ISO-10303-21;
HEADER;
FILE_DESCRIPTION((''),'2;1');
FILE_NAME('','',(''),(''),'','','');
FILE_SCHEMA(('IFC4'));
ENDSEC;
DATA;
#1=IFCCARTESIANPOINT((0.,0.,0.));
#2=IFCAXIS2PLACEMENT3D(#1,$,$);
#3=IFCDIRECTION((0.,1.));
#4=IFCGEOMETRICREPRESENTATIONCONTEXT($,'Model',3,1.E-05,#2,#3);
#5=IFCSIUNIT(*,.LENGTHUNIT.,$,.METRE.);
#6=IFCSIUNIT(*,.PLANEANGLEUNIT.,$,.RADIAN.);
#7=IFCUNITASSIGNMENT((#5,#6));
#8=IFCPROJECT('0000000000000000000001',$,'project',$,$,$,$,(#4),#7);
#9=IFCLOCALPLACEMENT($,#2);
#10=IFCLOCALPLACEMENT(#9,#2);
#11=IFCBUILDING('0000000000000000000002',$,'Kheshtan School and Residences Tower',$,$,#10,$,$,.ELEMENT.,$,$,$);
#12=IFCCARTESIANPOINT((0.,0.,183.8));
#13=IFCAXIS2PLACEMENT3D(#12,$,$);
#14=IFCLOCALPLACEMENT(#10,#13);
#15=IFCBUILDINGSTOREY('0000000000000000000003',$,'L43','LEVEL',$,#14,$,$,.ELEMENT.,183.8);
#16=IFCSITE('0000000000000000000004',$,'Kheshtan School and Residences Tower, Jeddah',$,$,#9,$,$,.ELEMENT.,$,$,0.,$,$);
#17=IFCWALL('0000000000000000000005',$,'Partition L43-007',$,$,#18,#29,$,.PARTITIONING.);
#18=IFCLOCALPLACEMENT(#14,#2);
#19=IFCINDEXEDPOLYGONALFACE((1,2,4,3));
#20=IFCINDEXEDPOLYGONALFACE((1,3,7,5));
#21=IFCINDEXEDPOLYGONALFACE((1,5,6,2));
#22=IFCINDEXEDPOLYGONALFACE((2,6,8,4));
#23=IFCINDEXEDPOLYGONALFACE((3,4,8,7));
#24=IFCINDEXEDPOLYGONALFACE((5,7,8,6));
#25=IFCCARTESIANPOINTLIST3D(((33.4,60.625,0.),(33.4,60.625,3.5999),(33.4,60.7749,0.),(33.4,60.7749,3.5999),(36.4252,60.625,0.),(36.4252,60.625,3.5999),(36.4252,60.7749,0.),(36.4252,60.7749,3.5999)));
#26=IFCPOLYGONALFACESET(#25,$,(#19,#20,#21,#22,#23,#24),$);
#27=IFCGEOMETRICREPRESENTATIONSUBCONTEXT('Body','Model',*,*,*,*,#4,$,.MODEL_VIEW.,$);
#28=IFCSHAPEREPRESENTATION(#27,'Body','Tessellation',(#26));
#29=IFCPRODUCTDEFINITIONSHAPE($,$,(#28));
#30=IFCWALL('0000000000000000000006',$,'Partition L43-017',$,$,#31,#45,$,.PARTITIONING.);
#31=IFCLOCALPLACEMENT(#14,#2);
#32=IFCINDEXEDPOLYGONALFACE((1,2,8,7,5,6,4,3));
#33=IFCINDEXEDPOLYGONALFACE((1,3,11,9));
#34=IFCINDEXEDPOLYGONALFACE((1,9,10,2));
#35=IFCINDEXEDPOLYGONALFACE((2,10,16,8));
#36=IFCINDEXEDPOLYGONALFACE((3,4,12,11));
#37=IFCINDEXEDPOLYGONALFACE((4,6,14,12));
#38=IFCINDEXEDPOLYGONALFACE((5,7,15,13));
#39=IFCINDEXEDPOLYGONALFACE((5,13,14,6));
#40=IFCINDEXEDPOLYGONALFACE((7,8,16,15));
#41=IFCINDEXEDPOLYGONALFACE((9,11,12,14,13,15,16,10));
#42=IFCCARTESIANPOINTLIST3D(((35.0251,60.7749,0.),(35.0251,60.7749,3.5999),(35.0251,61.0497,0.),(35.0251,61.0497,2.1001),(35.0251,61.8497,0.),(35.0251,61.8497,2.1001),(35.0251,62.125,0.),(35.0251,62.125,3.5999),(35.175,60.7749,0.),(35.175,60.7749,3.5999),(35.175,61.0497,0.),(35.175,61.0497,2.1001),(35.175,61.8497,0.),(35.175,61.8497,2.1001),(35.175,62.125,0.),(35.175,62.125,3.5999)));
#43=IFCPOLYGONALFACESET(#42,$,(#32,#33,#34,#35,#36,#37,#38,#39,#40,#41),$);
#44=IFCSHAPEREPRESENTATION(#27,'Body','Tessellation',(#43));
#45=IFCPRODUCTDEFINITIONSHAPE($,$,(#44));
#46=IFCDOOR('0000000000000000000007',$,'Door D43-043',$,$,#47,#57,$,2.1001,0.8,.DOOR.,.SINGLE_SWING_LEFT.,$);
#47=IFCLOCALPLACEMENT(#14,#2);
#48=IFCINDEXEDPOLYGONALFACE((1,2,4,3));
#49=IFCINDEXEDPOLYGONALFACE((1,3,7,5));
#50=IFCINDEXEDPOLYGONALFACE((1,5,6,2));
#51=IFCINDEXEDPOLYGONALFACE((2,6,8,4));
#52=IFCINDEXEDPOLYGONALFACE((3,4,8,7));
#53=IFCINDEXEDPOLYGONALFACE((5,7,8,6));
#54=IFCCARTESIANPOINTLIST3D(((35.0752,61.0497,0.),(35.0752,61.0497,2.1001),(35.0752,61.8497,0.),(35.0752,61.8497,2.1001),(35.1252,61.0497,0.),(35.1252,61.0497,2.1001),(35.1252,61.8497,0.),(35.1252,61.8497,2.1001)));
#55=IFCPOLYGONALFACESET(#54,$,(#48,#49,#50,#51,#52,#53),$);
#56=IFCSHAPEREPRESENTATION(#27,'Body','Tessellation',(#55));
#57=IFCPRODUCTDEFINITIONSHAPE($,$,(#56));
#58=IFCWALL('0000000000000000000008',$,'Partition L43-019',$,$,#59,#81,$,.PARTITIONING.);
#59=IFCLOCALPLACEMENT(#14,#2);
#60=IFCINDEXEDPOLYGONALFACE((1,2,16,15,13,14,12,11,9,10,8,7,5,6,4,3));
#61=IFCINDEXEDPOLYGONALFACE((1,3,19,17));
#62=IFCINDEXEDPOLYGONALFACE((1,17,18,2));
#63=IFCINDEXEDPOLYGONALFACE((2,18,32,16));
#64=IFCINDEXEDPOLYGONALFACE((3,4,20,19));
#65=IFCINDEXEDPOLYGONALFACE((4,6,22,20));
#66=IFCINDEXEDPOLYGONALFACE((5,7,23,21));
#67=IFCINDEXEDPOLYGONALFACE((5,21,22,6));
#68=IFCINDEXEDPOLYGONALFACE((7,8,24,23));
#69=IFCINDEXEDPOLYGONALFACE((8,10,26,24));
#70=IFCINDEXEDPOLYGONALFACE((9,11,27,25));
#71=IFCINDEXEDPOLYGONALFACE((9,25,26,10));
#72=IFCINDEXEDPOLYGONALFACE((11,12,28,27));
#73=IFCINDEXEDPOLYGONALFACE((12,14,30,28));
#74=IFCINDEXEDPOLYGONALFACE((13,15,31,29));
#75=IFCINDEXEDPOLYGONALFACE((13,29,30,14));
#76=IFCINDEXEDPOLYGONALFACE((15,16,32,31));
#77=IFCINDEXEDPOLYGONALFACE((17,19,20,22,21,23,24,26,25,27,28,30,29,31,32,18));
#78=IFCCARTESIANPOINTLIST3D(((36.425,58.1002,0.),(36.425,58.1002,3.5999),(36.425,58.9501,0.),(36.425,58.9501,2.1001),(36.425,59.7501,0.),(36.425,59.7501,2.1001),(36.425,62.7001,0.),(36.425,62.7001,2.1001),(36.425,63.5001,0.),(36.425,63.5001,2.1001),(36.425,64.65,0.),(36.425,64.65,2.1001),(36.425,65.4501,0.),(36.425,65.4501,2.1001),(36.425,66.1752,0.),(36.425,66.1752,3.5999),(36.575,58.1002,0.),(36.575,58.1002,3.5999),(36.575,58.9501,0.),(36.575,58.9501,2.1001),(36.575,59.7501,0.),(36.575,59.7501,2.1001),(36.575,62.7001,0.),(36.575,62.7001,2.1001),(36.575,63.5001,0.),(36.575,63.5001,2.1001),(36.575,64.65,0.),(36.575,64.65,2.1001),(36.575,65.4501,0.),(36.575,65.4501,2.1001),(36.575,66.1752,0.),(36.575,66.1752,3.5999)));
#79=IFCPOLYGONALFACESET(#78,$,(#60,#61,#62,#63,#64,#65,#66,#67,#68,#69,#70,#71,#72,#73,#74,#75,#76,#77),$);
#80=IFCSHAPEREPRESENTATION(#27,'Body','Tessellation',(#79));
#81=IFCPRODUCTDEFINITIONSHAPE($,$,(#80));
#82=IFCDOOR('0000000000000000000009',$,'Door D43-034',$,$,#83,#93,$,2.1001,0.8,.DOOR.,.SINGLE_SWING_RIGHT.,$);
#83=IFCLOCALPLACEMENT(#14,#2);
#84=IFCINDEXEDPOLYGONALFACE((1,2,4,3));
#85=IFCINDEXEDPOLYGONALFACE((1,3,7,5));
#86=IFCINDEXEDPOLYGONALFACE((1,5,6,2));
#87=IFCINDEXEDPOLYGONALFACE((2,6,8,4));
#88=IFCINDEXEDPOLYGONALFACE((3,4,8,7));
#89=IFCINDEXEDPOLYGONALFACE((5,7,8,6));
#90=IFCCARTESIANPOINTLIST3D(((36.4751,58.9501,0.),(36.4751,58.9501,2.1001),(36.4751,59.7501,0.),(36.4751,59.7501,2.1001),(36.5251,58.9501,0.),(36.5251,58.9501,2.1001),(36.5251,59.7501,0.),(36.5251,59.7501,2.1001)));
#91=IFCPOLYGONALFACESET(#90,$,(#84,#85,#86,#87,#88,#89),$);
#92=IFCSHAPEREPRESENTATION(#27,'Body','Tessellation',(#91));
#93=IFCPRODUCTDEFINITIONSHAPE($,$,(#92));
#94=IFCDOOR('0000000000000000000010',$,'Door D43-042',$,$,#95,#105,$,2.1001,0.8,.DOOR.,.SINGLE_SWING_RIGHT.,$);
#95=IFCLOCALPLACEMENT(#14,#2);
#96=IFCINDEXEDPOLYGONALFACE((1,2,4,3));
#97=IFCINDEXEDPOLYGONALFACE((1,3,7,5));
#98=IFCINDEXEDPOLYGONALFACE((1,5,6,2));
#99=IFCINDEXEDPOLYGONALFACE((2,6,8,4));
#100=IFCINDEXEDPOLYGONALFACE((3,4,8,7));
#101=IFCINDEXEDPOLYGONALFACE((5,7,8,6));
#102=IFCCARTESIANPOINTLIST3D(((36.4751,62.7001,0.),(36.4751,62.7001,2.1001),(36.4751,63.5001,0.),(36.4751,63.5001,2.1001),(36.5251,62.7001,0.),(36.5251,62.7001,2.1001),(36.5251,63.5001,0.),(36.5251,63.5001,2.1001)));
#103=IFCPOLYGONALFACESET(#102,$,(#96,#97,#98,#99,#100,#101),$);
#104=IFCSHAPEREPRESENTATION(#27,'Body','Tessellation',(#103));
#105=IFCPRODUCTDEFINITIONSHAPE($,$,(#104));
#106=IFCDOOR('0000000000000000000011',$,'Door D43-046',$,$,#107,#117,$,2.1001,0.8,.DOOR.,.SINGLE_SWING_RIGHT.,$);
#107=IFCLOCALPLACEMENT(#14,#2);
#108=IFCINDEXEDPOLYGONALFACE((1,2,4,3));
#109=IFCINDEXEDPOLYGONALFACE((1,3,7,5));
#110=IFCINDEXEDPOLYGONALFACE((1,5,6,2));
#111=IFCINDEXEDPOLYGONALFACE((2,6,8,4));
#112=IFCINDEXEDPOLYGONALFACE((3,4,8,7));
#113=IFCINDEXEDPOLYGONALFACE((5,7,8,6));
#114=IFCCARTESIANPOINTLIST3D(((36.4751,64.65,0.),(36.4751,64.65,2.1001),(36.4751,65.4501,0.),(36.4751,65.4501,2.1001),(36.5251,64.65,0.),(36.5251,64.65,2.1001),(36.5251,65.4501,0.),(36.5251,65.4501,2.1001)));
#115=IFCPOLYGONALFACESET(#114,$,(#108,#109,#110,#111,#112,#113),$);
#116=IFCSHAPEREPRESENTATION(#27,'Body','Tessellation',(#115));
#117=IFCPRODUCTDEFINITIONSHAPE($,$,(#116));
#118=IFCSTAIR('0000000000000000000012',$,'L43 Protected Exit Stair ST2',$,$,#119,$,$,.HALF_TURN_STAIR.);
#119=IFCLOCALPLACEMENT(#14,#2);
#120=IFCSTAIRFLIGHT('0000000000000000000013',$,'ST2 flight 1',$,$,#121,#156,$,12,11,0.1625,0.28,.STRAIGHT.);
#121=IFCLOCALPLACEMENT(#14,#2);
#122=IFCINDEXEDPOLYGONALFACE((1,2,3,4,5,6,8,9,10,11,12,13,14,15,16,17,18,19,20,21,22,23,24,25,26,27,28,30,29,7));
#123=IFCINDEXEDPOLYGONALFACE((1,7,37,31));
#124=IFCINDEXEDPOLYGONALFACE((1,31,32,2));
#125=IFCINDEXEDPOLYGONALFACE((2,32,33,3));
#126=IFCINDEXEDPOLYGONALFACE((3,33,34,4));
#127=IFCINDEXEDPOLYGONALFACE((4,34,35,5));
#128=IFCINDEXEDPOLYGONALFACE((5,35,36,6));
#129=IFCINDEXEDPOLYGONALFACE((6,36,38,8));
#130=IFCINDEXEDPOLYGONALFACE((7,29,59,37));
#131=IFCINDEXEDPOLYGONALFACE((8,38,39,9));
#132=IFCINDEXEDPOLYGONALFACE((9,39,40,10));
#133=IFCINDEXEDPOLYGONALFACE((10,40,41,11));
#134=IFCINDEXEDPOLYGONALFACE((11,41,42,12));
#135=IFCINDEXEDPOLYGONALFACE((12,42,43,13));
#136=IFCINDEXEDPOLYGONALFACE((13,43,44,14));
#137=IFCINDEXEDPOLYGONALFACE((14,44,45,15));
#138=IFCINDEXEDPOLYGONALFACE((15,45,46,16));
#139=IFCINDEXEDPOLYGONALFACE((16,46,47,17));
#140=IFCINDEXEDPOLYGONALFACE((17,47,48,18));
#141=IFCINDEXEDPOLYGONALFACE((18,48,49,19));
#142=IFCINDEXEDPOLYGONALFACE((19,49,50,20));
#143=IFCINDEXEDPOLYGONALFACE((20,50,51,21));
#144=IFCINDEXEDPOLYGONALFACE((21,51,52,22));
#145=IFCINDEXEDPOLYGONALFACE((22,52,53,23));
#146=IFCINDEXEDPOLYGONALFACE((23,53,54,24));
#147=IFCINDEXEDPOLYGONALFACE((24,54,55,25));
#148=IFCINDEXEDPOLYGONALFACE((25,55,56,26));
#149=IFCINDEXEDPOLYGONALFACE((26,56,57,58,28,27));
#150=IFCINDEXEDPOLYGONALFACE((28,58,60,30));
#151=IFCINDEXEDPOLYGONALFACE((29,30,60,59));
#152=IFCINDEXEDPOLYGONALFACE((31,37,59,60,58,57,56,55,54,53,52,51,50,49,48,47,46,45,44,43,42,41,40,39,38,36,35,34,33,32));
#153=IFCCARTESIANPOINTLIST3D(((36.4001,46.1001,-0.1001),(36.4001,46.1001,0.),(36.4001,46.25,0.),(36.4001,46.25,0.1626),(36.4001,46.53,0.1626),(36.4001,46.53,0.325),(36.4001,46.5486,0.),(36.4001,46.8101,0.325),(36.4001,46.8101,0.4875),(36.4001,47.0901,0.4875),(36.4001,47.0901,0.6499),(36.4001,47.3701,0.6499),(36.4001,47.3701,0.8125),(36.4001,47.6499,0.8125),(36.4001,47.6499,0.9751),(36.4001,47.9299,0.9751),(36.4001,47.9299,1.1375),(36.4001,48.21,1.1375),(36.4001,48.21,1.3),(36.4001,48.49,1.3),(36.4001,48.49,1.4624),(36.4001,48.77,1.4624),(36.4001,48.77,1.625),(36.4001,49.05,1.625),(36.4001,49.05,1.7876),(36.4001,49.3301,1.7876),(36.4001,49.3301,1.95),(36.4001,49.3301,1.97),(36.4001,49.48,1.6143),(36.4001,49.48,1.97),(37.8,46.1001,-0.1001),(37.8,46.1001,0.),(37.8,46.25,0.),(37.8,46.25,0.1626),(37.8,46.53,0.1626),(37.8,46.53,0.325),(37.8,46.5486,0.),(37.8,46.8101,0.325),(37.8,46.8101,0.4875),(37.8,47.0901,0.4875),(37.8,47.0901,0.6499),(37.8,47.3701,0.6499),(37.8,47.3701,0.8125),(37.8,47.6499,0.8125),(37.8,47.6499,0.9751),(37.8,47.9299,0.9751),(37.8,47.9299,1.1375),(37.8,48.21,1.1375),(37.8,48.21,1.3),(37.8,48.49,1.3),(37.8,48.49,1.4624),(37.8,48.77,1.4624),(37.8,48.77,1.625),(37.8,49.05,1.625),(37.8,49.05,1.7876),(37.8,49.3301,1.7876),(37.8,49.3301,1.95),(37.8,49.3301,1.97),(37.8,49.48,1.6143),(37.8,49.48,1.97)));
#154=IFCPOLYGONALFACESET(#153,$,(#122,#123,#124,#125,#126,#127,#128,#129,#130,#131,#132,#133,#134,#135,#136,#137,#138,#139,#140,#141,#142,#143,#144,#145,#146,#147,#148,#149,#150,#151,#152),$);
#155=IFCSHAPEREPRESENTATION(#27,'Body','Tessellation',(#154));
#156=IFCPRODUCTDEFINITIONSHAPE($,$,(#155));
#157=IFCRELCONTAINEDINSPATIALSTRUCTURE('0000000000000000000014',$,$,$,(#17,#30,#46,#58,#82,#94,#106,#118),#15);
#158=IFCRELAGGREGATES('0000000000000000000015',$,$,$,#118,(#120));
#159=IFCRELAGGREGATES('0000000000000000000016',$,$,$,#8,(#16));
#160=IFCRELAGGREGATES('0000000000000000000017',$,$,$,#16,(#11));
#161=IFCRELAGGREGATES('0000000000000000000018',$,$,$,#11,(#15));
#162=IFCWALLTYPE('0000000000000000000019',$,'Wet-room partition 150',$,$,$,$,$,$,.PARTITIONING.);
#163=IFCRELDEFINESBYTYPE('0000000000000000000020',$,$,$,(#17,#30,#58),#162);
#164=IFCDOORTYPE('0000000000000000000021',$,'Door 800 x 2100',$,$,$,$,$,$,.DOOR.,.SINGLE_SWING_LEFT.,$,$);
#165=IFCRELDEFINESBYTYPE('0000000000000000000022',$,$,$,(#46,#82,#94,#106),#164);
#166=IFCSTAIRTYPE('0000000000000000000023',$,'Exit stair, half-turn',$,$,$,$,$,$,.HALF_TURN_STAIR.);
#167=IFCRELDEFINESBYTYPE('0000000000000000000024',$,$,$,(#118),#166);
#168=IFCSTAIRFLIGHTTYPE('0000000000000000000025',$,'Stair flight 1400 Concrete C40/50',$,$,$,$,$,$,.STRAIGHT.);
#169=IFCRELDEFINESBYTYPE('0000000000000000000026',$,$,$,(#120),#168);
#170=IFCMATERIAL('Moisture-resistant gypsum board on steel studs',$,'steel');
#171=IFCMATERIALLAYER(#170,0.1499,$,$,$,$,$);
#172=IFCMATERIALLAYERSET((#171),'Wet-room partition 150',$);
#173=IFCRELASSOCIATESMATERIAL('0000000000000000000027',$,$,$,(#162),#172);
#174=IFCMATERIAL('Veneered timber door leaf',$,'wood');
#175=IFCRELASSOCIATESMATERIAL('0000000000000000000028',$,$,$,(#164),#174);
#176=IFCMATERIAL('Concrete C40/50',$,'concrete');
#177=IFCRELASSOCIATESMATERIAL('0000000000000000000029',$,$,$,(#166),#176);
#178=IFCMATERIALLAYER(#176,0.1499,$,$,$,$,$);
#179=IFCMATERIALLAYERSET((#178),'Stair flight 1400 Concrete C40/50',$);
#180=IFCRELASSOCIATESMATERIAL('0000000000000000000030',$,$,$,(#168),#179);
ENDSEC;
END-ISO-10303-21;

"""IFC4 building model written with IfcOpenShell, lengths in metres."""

from ifc_helpers import new_model, si_unit, direction, frame, frame_2d, origin, place, context, subcontext, project, spatial, polyline, rectangle, outline, extrude, source, transform, mapped, material, layer, layer_set, type_object, element, fill, aggregate, save


model = new_model("IFC4")

# Units and contexts
model_context = context("Model", 3, precision=1e-05, world=origin(), true_north=direction((0.0, 1.0)))
body_context = subcontext(model_context, "Body", "Model", "MODEL_VIEW")
ifc_project = project(units=[si_unit("LENGTHUNIT", "METRE"), si_unit("PLANEANGLEUNIT", "RADIAN")], contexts=[model_context])

# Site, building, storey
site_placement = place(None, origin())
site = spatial("IfcSite", under=ifc_project, at=site_placement, Name="Kheshtan School and Residences Tower, Jeddah", CompositionType="ELEMENT", RefElevation=0.0)
building_placement = place(site_placement, origin())
building = spatial("IfcBuilding", under=site, at=building_placement, Name="Kheshtan School and Residences Tower", CompositionType="ELEMENT")
storey_placement = place(building_placement, frame((0.0, 0.0, 183.8)))
storey = spatial("IfcBuildingStorey", under=building, at=storey_placement, Name="L43", Description="LEVEL", CompositionType="ELEMENT", Elevation=183.8)

# Wall
ifc_material_1 = material(Name="Concrete C40/50", Category="concrete")
ifc_material_2 = material(Name="Moisture-resistant gypsum board on steel studs", Category="steel")
ifc_layer_1 = layer(ifc_material_2, 0.1499)
ifc_layer_set_1 = layer_set([ifc_layer_1], Name="Wet-room partition 150")
wall_type_1 = type_object("IfcWallType", Name="Wet-room partition 150", PredefinedType="PARTITIONING", material=ifc_layer_set_1)
wall_1_placement = place(storey_placement, frame((33.3999, 60.7, 0.0), z_axis=(0.0, 0.0, 1.0), x_axis=(1.0, 0.0, 0.0)))
element("IfcWall", 1, at=wall_1_placement, inside=storey, type_object=wall_type_1, Name="Partition L43-007", PredefinedType="PARTITIONING", context=body_context, shape_type="SweptSolid", body=[
    extrude(rectangle(XDim=3.0251, YDim=0.1499, at=frame_2d((1.5127, 0.0))), origin(), (0.0, 0.0, 1.0), 3.5999),
])

# Wall, opening, door
wall_2_placement = place(storey_placement, frame((35.1001, 60.7749, 0.0), z_axis=(0.0, 0.0, 1.0), x_axis=(0.0, 1.0, 0.0)))
wall_2 = element("IfcWall", 2, at=wall_2_placement, inside=storey, type_object=wall_type_1, Name="Partition L43-017", PredefinedType="PARTITIONING", context=body_context, shape_type="SweptSolid", body=[
    extrude(rectangle(XDim=1.3501, YDim=0.1499, at=frame_2d((0.675, 0.0))), origin(), (0.0, 0.0, 1.0), 3.5999),
])
opening_1_placement = place(wall_2_placement, frame((0.2749, 0.0, 0.0)))
opening_1 = element("IfcOpeningElement", 3, at=opening_1_placement, cuts=wall_2, PredefinedType="OPENING", context=body_context, shape_type="SweptSolid", body=[
    extrude(rectangle(XDim=0.8, YDim=2.1001, at=frame_2d((0.3999, 1.05))), frame((0.0, 0.085, 0.0), z_axis=(0.0, -1.0, 0.0), x_axis=(1.0, 0.0, 0.0)), (0.0, 0.0, 1.0), 0.1699),
])
ifc_material_3 = material(Name="Veneered timber door leaf", Category="wood")
door_type_1 = type_object("IfcDoorType", Name="Door 800 x 2100", OperationType="SINGLE_SWING_LEFT", PredefinedType="DOOR", material=ifc_material_3)
shared_shape_1 = source(origin(), body_context, "Body", "SweptSolid", [
    extrude(rectangle(XDim=0.8, YDim=2.1001, at=frame_2d((0.3999, 1.05))), frame((0.0, 0.0249, 0.0), z_axis=(0.0, -1.0, 0.0), x_axis=(1.0, 0.0, 0.0)), (0.0, 0.0, 1.0), 0.05),
])
door_1_placement = place(opening_1_placement, origin())
door_1 = element("IfcDoor", 4, at=door_1_placement, inside=storey, type_object=door_type_1, Name="Door D43-043", OperationType="SINGLE_SWING_LEFT", OverallHeight=2.1001, OverallWidth=0.8, PredefinedType="DOOR", context=body_context, shape_type="MappedRepresentation", body=[
    mapped(shared_shape_1, transform((0.0, 0.0, 0.0), x_axis=(1.0, 0.0, 0.0), y_axis=(0.0, 1.0, 0.0), z_axis=(0.0, 0.0, 1.0), scale=1.0)),
])
fill(opening_1, door_1)

# Wall, openings, doors
wall_3_placement = place(storey_placement, frame((36.5, 58.1001, 0.0), z_axis=(0.0, 0.0, 1.0), x_axis=(0.0, 1.0, 0.0)))
wall_3 = element("IfcWall", 5, at=wall_3_placement, inside=storey, type_object=wall_type_1, Name="Partition L43-019", PredefinedType="PARTITIONING", context=body_context, shape_type="SweptSolid", body=[
    extrude(rectangle(XDim=8.075, YDim=0.1499, at=frame_2d((4.0376, 0.0))), origin(), (0.0, 0.0, 1.0), 3.5999),
])
opening_2_placement = place(wall_3_placement, frame((0.8501, 0.0, 0.0)))
opening_2 = element("IfcOpeningElement", 6, at=opening_2_placement, cuts=wall_3, PredefinedType="OPENING", context=body_context, shape_type="SweptSolid", body=[
    extrude(rectangle(XDim=0.8, YDim=2.1001, at=frame_2d((0.3999, 1.05))), frame((0.0, 0.085, 0.0), z_axis=(0.0, -1.0, 0.0), x_axis=(1.0, 0.0, 0.0)), (0.0, 0.0, 1.0), 0.1699),
])
opening_3_placement = place(wall_3_placement, frame((4.6001, 0.0, 0.0)))
opening_3 = element("IfcOpeningElement", 7, at=opening_3_placement, cuts=wall_3, PredefinedType="OPENING", context=body_context, shape_type="SweptSolid", body=[
    extrude(rectangle(XDim=0.8, YDim=2.1001, at=frame_2d((0.3999, 1.05))), frame((0.0, 0.085, 0.0), z_axis=(0.0, -1.0, 0.0), x_axis=(1.0, 0.0, 0.0)), (0.0, 0.0, 1.0), 0.1699),
])
opening_4_placement = place(wall_3_placement, frame((6.55, 0.0, 0.0)))
opening_4 = element("IfcOpeningElement", 8, at=opening_4_placement, cuts=wall_3, PredefinedType="OPENING", context=body_context, shape_type="SweptSolid", body=[
    extrude(rectangle(XDim=0.8, YDim=2.1001, at=frame_2d((0.3999, 1.05))), frame((0.0, 0.085, 0.0), z_axis=(0.0, -1.0, 0.0), x_axis=(1.0, 0.0, 0.0)), (0.0, 0.0, 1.0), 0.1699),
])
door_2_placement = place(opening_2_placement, origin())
door_2 = element("IfcDoor", 9, at=door_2_placement, inside=storey, type_object=door_type_1, Name="Door D43-034", OperationType="SINGLE_SWING_RIGHT", OverallHeight=2.1001, OverallWidth=0.8, PredefinedType="DOOR", context=body_context, shape_type="MappedRepresentation", body=[
    mapped(shared_shape_1, transform((0.0, 0.0, 0.0), x_axis=(1.0, 0.0, 0.0), y_axis=(0.0, 1.0, 0.0), z_axis=(0.0, 0.0, 1.0), scale=1.0)),
])
fill(opening_2, door_2)
door_3_placement = place(opening_3_placement, origin())
door_3 = element("IfcDoor", 10, at=door_3_placement, inside=storey, type_object=door_type_1, Name="Door D43-042", OperationType="SINGLE_SWING_RIGHT", OverallHeight=2.1001, OverallWidth=0.8, PredefinedType="DOOR", context=body_context, shape_type="MappedRepresentation", body=[
    mapped(shared_shape_1, transform((0.0, 0.0, 0.0), x_axis=(1.0, 0.0, 0.0), y_axis=(0.0, 1.0, 0.0), z_axis=(0.0, 0.0, 1.0), scale=1.0)),
])
fill(opening_3, door_3)
door_4_placement = place(opening_4_placement, origin())
door_4 = element("IfcDoor", 11, at=door_4_placement, inside=storey, type_object=door_type_1, Name="Door D43-046", OperationType="SINGLE_SWING_RIGHT", OverallHeight=2.1001, OverallWidth=0.8, PredefinedType="DOOR", context=body_context, shape_type="MappedRepresentation", body=[
    mapped(shared_shape_1, transform((0.0, 0.0, 0.0), x_axis=(1.0, 0.0, 0.0), y_axis=(0.0, 1.0, 0.0), z_axis=(0.0, 0.0, 1.0), scale=1.0)),
])
fill(opening_4, door_4)

# Stair, stair flight
stair_type = type_object("IfcStairType", Name="Exit stair, half-turn", PredefinedType="HALF_TURN_STAIR", material=ifc_material_1)
stair_placement = place(storey_placement, origin())
stair = element("IfcStair", 12, at=stair_placement, inside=storey, type_object=stair_type, Name="L43 Protected Exit Stair ST2", PredefinedType="HALF_TURN_STAIR")
ifc_layer_2 = layer(ifc_material_1, 0.1499)
ifc_layer_set_2 = layer_set([ifc_layer_2], Name="Stair flight 1400 Concrete C40/50")
stair_flight_type = type_object("IfcStairFlightType", Name="Stair flight 1400 Concrete C40/50", PredefinedType="STRAIGHT", material=ifc_layer_set_2)
stair_flight_1_placement = place(storey_placement, frame((37.1001, 46.25, 0.0), z_axis=(0.0, 0.0, 1.0), x_axis=(0.0, 1.0, 0.0)))
stair_flight_1 = element("IfcStairFlight", 13, at=stair_flight_1_placement, type_object=stair_flight_type, Name="ST2 flight 1", NumberOfRisers=12, NumberOfTreads=11, PredefinedType="STRAIGHT", RiserHeight=0.1625, TreadLength=0.28, context=body_context, shape_type="SweptSolid", body=[
    extrude(outline(polyline([(-0.1499, -0.1001), (-0.1499, 0.0), (0.0, 0.0), (0.0, 0.1626), (0.28, 0.1626), (0.28, 0.325), (0.5601, 0.325), (0.5601, 0.4875), (0.8401, 0.4875), (0.8401, 0.6499), (1.1201, 0.6499), (1.1201, 0.8125), (1.3999, 0.8125), (1.3999, 0.9751), (1.6799, 0.9751), (1.6799, 1.1375), (1.96, 1.1375), (1.96, 1.3), (2.24, 1.3), (2.24, 1.4624), (2.52, 1.4624), (2.52, 1.625), (2.8, 1.625), (2.8, 1.7876), (3.0801, 1.7876), (3.0801, 1.95), (3.0801, 1.97), (3.23, 1.97), (3.23, 1.6143), (0.2986, 0.0), (-0.1499, -0.1001)])), frame((0.0, 0.7, 0.0), z_axis=(0.0, -1.0, 0.0), x_axis=(1.0, 0.0, 0.0)), (0.0, 0.0, 1.0), 1.3999),
])
aggregate(stair, [stair_flight_1])

save(model, "model.ifc")
